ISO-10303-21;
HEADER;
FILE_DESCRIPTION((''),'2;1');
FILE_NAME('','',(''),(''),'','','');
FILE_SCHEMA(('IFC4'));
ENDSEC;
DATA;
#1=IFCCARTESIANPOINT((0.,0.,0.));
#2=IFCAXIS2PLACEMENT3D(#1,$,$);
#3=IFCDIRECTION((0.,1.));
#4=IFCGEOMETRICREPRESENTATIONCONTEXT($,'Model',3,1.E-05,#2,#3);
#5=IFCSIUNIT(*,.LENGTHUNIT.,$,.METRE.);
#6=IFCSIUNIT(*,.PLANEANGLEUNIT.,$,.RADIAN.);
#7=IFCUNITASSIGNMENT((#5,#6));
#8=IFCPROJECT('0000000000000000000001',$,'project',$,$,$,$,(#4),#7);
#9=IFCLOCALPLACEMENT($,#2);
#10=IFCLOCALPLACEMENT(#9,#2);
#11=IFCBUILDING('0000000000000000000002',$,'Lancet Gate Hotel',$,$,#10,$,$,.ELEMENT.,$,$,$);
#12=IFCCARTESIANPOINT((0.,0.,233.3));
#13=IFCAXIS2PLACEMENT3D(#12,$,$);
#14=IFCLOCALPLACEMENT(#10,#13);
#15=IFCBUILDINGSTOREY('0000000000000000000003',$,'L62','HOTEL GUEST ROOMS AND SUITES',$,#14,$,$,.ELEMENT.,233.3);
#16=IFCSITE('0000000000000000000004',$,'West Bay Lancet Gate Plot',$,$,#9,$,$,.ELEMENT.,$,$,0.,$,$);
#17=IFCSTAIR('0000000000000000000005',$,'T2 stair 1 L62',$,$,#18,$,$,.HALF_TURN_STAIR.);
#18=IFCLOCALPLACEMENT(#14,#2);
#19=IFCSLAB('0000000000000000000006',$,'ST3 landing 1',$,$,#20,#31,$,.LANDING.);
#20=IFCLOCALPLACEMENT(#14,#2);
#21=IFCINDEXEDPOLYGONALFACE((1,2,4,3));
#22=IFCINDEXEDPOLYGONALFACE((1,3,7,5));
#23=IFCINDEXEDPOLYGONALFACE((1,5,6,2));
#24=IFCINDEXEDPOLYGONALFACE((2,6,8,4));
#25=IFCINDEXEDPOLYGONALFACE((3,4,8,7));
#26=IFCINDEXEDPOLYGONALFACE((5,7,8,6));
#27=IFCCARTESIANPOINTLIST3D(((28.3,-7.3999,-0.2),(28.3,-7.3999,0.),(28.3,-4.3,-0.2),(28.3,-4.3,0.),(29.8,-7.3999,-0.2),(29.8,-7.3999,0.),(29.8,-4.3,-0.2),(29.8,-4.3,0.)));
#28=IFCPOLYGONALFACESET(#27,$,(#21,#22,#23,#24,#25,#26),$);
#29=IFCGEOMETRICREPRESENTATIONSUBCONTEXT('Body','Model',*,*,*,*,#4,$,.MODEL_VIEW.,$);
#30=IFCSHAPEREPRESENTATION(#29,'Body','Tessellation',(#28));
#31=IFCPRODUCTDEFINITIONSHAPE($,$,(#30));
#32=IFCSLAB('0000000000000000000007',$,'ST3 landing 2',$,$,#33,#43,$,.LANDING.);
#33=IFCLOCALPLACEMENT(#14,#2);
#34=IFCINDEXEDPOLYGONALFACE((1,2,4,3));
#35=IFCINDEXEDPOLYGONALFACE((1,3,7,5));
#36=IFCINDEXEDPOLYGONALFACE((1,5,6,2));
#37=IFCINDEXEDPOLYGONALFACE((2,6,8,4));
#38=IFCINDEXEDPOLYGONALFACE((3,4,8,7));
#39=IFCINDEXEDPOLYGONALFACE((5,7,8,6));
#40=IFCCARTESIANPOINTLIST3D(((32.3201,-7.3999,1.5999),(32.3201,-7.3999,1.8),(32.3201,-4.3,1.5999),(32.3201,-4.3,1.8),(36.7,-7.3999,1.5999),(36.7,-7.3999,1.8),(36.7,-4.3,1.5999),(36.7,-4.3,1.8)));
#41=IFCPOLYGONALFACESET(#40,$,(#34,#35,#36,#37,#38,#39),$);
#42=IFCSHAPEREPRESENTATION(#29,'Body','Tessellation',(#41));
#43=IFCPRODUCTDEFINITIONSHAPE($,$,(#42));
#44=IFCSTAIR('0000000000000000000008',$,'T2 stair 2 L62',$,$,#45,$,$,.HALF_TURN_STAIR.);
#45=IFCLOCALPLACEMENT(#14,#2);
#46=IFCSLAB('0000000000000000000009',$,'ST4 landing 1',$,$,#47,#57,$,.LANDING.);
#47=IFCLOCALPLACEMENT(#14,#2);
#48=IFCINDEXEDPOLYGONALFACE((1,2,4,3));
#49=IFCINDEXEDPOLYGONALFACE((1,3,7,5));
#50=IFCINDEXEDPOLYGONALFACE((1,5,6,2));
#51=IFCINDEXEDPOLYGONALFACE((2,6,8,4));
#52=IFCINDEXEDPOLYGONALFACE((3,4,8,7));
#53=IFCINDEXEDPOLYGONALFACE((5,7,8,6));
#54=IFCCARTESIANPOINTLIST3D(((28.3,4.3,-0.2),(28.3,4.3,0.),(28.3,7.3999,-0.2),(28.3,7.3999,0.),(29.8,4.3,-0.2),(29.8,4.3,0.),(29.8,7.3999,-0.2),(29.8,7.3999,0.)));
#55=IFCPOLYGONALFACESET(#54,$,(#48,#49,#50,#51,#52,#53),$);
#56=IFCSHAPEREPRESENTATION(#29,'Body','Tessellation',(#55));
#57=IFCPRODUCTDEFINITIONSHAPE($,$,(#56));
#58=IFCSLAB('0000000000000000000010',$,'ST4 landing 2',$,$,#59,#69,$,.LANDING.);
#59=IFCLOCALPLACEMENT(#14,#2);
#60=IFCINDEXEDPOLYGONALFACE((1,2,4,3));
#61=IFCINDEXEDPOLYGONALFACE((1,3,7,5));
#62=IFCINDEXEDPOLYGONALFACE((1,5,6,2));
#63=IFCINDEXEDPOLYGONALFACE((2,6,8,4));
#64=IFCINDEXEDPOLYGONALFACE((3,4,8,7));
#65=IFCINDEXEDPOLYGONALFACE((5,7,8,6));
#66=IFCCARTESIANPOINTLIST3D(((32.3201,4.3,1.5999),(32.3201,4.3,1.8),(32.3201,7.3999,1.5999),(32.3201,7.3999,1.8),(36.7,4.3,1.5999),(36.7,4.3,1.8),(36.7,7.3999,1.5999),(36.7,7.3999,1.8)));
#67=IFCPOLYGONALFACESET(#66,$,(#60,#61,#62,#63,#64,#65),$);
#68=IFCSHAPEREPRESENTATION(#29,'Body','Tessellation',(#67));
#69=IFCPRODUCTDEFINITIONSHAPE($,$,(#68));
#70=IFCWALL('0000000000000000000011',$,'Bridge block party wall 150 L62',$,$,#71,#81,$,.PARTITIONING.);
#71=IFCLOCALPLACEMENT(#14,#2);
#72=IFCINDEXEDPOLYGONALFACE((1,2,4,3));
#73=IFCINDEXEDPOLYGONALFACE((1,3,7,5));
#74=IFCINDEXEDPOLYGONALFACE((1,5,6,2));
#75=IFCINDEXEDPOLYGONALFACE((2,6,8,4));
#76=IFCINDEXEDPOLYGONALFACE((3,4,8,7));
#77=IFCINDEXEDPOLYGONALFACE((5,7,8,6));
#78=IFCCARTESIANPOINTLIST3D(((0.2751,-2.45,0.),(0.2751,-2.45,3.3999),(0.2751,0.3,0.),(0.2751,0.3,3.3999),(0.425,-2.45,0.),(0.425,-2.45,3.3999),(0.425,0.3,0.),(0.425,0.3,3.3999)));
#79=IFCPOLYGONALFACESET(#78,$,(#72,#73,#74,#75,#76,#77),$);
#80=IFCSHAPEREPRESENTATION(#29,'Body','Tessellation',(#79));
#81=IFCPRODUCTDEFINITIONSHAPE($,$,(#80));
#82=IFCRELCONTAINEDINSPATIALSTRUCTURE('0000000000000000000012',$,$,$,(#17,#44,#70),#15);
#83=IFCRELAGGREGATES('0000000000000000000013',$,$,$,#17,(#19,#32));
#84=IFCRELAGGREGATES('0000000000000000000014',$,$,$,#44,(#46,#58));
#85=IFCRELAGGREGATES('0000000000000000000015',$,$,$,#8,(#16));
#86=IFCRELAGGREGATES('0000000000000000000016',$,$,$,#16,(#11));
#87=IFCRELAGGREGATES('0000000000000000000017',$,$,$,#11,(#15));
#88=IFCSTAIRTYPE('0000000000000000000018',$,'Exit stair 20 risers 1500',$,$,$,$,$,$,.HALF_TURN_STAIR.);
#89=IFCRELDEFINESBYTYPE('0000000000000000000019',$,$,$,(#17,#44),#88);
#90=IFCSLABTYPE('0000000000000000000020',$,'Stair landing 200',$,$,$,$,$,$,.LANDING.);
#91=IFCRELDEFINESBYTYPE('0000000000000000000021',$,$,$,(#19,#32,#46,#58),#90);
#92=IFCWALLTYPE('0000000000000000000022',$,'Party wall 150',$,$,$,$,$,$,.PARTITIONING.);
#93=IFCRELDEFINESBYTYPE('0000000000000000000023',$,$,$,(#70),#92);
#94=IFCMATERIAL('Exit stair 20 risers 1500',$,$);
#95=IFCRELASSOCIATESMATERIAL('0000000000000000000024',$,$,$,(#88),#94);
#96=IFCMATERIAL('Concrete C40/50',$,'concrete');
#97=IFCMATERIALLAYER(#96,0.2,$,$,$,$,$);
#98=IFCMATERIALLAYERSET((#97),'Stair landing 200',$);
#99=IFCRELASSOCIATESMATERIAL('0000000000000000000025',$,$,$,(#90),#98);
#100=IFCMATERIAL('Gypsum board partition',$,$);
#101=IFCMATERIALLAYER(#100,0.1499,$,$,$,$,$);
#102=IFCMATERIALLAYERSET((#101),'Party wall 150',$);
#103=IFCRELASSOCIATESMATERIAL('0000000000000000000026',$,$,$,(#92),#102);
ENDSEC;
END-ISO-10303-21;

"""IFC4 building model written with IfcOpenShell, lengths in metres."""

from ifc_helpers import new_model, si_unit, direction, frame, frame_2d, origin, place, context, subcontext, project, spatial, polyline, rectangle, outline, extrude, material, layer, layer_set, type_object, element, aggregate, save


model = new_model("IFC4")

# Units and contexts
model_context = context("Model", 3, precision=1e-05, world=origin(), true_north=direction((0.0, 1.0)))
body_context = subcontext(model_context, "Body", "Model", "MODEL_VIEW")
ifc_project = project(units=[si_unit("LENGTHUNIT", "METRE"), si_unit("PLANEANGLEUNIT", "RADIAN")], contexts=[model_context])

# Site, building, storey
site_placement = place(None, origin())
site = spatial("IfcSite", under=ifc_project, at=site_placement, Name="West Bay Lancet Gate Plot", CompositionType="ELEMENT", RefElevation=0.0)
building_placement = place(site_placement, origin())
building = spatial("IfcBuilding", under=site, at=building_placement, Name="Lancet Gate Hotel", CompositionType="ELEMENT")
storey_placement = place(building_placement, frame((0.0, 0.0, 233.3)))
storey = spatial("IfcBuildingStorey", under=building, at=storey_placement, Name="L62", Description="HOTEL GUEST ROOMS AND SUITES", CompositionType="ELEMENT", Elevation=233.3)

# Stairs, slabs
ifc_material_1 = material(Name="Exit stair 20 risers 1500")
stair_type = type_object("IfcStairType", Name="Exit stair 20 risers 1500", PredefinedType="HALF_TURN_STAIR", material=ifc_material_1)
ifc_material_2 = material(Name="Concrete C40/50", Category="concrete")
ifc_layer_1 = layer(ifc_material_2, 0.2)
ifc_layer_set_1 = layer_set([ifc_layer_1], Name="Stair landing 200")
slab_type = type_object("IfcSlabType", Name="Stair landing 200", PredefinedType="LANDING", material=ifc_layer_set_1)
stair_1_placement = place(storey_placement, origin())
stair_1 = element("IfcStair", 1, at=stair_1_placement, inside=storey, type_object=stair_type, Name="T2 stair 1 L62", PredefinedType="HALF_TURN_STAIR")
slab_1_placement = place(storey_placement, frame((0.0, 0.0, -0.2)))
slab_1 = element("IfcSlab", 2, at=slab_1_placement, type_object=slab_type, Name="ST3 landing 1", PredefinedType="LANDING", context=body_context, shape_type="SweptSolid", body=[
    extrude(outline(polyline([(28.3, -7.3999), (29.8, -7.3999), (29.8, -4.3), (28.3, -4.3), (28.3, -7.3999)])), origin(), (0.0, 0.0, 1.0), 0.2),
])
slab_2_placement = place(storey_placement, frame((0.0, 0.0, 1.5999)))
slab_2 = element("IfcSlab", 3, at=slab_2_placement, type_object=slab_type, Name="ST3 landing 2", PredefinedType="LANDING", context=body_context, shape_type="SweptSolid", body=[
    extrude(outline(polyline([(32.3201, -7.3999), (36.7, -7.3999), (36.7, -4.3), (32.3201, -4.3), (32.3201, -7.3999)])), origin(), (0.0, 0.0, 1.0), 0.2002),
])
aggregate(stair_1, [slab_1, slab_2])
stair_2_placement = place(storey_placement, origin())
stair_2 = element("IfcStair", 4, at=stair_2_placement, inside=storey, type_object=stair_type, Name="T2 stair 2 L62", PredefinedType="HALF_TURN_STAIR")
slab_3_placement = place(storey_placement, frame((0.0, 0.0, -0.2)))
slab_3 = element("IfcSlab", 5, at=slab_3_placement, type_object=slab_type, Name="ST4 landing 1", PredefinedType="LANDING", context=body_context, shape_type="SweptSolid", body=[
    extrude(outline(polyline([(28.3, 4.3), (29.8, 4.3), (29.8, 7.3999), (28.3, 7.3999), (28.3, 4.3)])), origin(), (0.0, 0.0, 1.0), 0.2),
])
slab_4_placement = place(storey_placement, frame((0.0, 0.0, 1.5999)))
slab_4 = element("IfcSlab", 6, at=slab_4_placement, type_object=slab_type, Name="ST4 landing 2", PredefinedType="LANDING", context=body_context, shape_type="SweptSolid", body=[
    extrude(outline(polyline([(32.3201, 4.3), (36.7, 4.3), (36.7, 7.3999), (32.3201, 7.3999), (32.3201, 4.3)])), origin(), (0.0, 0.0, 1.0), 0.2002),
])
aggregate(stair_2, [slab_3, slab_4])

# Wall
ifc_material_3 = material(Name="Gypsum board partition")
ifc_layer_2 = layer(ifc_material_3, 0.1499)
ifc_layer_set_2 = layer_set([ifc_layer_2], Name="Party wall 150")
wall_type = type_object("IfcWallType", Name="Party wall 150", PredefinedType="PARTITIONING", material=ifc_layer_set_2)
wall_placement = place(storey_placement, frame((0.3501, -2.45, 0.0), z_axis=(0.0, 0.0, 1.0), x_axis=(0.0, 1.0, 0.0)))
element("IfcWall", 7, at=wall_placement, inside=storey, type_object=wall_type, Name="Bridge block party wall 150 L62", PredefinedType="PARTITIONING", context=body_context, shape_type="SweptSolid", body=[
    extrude(rectangle(XDim=2.75, YDim=0.1499, at=frame_2d((1.375, 0.0))), origin(), (0.0, 0.0, 1.0), 3.3999),
])

save(model, "model.ifc")
